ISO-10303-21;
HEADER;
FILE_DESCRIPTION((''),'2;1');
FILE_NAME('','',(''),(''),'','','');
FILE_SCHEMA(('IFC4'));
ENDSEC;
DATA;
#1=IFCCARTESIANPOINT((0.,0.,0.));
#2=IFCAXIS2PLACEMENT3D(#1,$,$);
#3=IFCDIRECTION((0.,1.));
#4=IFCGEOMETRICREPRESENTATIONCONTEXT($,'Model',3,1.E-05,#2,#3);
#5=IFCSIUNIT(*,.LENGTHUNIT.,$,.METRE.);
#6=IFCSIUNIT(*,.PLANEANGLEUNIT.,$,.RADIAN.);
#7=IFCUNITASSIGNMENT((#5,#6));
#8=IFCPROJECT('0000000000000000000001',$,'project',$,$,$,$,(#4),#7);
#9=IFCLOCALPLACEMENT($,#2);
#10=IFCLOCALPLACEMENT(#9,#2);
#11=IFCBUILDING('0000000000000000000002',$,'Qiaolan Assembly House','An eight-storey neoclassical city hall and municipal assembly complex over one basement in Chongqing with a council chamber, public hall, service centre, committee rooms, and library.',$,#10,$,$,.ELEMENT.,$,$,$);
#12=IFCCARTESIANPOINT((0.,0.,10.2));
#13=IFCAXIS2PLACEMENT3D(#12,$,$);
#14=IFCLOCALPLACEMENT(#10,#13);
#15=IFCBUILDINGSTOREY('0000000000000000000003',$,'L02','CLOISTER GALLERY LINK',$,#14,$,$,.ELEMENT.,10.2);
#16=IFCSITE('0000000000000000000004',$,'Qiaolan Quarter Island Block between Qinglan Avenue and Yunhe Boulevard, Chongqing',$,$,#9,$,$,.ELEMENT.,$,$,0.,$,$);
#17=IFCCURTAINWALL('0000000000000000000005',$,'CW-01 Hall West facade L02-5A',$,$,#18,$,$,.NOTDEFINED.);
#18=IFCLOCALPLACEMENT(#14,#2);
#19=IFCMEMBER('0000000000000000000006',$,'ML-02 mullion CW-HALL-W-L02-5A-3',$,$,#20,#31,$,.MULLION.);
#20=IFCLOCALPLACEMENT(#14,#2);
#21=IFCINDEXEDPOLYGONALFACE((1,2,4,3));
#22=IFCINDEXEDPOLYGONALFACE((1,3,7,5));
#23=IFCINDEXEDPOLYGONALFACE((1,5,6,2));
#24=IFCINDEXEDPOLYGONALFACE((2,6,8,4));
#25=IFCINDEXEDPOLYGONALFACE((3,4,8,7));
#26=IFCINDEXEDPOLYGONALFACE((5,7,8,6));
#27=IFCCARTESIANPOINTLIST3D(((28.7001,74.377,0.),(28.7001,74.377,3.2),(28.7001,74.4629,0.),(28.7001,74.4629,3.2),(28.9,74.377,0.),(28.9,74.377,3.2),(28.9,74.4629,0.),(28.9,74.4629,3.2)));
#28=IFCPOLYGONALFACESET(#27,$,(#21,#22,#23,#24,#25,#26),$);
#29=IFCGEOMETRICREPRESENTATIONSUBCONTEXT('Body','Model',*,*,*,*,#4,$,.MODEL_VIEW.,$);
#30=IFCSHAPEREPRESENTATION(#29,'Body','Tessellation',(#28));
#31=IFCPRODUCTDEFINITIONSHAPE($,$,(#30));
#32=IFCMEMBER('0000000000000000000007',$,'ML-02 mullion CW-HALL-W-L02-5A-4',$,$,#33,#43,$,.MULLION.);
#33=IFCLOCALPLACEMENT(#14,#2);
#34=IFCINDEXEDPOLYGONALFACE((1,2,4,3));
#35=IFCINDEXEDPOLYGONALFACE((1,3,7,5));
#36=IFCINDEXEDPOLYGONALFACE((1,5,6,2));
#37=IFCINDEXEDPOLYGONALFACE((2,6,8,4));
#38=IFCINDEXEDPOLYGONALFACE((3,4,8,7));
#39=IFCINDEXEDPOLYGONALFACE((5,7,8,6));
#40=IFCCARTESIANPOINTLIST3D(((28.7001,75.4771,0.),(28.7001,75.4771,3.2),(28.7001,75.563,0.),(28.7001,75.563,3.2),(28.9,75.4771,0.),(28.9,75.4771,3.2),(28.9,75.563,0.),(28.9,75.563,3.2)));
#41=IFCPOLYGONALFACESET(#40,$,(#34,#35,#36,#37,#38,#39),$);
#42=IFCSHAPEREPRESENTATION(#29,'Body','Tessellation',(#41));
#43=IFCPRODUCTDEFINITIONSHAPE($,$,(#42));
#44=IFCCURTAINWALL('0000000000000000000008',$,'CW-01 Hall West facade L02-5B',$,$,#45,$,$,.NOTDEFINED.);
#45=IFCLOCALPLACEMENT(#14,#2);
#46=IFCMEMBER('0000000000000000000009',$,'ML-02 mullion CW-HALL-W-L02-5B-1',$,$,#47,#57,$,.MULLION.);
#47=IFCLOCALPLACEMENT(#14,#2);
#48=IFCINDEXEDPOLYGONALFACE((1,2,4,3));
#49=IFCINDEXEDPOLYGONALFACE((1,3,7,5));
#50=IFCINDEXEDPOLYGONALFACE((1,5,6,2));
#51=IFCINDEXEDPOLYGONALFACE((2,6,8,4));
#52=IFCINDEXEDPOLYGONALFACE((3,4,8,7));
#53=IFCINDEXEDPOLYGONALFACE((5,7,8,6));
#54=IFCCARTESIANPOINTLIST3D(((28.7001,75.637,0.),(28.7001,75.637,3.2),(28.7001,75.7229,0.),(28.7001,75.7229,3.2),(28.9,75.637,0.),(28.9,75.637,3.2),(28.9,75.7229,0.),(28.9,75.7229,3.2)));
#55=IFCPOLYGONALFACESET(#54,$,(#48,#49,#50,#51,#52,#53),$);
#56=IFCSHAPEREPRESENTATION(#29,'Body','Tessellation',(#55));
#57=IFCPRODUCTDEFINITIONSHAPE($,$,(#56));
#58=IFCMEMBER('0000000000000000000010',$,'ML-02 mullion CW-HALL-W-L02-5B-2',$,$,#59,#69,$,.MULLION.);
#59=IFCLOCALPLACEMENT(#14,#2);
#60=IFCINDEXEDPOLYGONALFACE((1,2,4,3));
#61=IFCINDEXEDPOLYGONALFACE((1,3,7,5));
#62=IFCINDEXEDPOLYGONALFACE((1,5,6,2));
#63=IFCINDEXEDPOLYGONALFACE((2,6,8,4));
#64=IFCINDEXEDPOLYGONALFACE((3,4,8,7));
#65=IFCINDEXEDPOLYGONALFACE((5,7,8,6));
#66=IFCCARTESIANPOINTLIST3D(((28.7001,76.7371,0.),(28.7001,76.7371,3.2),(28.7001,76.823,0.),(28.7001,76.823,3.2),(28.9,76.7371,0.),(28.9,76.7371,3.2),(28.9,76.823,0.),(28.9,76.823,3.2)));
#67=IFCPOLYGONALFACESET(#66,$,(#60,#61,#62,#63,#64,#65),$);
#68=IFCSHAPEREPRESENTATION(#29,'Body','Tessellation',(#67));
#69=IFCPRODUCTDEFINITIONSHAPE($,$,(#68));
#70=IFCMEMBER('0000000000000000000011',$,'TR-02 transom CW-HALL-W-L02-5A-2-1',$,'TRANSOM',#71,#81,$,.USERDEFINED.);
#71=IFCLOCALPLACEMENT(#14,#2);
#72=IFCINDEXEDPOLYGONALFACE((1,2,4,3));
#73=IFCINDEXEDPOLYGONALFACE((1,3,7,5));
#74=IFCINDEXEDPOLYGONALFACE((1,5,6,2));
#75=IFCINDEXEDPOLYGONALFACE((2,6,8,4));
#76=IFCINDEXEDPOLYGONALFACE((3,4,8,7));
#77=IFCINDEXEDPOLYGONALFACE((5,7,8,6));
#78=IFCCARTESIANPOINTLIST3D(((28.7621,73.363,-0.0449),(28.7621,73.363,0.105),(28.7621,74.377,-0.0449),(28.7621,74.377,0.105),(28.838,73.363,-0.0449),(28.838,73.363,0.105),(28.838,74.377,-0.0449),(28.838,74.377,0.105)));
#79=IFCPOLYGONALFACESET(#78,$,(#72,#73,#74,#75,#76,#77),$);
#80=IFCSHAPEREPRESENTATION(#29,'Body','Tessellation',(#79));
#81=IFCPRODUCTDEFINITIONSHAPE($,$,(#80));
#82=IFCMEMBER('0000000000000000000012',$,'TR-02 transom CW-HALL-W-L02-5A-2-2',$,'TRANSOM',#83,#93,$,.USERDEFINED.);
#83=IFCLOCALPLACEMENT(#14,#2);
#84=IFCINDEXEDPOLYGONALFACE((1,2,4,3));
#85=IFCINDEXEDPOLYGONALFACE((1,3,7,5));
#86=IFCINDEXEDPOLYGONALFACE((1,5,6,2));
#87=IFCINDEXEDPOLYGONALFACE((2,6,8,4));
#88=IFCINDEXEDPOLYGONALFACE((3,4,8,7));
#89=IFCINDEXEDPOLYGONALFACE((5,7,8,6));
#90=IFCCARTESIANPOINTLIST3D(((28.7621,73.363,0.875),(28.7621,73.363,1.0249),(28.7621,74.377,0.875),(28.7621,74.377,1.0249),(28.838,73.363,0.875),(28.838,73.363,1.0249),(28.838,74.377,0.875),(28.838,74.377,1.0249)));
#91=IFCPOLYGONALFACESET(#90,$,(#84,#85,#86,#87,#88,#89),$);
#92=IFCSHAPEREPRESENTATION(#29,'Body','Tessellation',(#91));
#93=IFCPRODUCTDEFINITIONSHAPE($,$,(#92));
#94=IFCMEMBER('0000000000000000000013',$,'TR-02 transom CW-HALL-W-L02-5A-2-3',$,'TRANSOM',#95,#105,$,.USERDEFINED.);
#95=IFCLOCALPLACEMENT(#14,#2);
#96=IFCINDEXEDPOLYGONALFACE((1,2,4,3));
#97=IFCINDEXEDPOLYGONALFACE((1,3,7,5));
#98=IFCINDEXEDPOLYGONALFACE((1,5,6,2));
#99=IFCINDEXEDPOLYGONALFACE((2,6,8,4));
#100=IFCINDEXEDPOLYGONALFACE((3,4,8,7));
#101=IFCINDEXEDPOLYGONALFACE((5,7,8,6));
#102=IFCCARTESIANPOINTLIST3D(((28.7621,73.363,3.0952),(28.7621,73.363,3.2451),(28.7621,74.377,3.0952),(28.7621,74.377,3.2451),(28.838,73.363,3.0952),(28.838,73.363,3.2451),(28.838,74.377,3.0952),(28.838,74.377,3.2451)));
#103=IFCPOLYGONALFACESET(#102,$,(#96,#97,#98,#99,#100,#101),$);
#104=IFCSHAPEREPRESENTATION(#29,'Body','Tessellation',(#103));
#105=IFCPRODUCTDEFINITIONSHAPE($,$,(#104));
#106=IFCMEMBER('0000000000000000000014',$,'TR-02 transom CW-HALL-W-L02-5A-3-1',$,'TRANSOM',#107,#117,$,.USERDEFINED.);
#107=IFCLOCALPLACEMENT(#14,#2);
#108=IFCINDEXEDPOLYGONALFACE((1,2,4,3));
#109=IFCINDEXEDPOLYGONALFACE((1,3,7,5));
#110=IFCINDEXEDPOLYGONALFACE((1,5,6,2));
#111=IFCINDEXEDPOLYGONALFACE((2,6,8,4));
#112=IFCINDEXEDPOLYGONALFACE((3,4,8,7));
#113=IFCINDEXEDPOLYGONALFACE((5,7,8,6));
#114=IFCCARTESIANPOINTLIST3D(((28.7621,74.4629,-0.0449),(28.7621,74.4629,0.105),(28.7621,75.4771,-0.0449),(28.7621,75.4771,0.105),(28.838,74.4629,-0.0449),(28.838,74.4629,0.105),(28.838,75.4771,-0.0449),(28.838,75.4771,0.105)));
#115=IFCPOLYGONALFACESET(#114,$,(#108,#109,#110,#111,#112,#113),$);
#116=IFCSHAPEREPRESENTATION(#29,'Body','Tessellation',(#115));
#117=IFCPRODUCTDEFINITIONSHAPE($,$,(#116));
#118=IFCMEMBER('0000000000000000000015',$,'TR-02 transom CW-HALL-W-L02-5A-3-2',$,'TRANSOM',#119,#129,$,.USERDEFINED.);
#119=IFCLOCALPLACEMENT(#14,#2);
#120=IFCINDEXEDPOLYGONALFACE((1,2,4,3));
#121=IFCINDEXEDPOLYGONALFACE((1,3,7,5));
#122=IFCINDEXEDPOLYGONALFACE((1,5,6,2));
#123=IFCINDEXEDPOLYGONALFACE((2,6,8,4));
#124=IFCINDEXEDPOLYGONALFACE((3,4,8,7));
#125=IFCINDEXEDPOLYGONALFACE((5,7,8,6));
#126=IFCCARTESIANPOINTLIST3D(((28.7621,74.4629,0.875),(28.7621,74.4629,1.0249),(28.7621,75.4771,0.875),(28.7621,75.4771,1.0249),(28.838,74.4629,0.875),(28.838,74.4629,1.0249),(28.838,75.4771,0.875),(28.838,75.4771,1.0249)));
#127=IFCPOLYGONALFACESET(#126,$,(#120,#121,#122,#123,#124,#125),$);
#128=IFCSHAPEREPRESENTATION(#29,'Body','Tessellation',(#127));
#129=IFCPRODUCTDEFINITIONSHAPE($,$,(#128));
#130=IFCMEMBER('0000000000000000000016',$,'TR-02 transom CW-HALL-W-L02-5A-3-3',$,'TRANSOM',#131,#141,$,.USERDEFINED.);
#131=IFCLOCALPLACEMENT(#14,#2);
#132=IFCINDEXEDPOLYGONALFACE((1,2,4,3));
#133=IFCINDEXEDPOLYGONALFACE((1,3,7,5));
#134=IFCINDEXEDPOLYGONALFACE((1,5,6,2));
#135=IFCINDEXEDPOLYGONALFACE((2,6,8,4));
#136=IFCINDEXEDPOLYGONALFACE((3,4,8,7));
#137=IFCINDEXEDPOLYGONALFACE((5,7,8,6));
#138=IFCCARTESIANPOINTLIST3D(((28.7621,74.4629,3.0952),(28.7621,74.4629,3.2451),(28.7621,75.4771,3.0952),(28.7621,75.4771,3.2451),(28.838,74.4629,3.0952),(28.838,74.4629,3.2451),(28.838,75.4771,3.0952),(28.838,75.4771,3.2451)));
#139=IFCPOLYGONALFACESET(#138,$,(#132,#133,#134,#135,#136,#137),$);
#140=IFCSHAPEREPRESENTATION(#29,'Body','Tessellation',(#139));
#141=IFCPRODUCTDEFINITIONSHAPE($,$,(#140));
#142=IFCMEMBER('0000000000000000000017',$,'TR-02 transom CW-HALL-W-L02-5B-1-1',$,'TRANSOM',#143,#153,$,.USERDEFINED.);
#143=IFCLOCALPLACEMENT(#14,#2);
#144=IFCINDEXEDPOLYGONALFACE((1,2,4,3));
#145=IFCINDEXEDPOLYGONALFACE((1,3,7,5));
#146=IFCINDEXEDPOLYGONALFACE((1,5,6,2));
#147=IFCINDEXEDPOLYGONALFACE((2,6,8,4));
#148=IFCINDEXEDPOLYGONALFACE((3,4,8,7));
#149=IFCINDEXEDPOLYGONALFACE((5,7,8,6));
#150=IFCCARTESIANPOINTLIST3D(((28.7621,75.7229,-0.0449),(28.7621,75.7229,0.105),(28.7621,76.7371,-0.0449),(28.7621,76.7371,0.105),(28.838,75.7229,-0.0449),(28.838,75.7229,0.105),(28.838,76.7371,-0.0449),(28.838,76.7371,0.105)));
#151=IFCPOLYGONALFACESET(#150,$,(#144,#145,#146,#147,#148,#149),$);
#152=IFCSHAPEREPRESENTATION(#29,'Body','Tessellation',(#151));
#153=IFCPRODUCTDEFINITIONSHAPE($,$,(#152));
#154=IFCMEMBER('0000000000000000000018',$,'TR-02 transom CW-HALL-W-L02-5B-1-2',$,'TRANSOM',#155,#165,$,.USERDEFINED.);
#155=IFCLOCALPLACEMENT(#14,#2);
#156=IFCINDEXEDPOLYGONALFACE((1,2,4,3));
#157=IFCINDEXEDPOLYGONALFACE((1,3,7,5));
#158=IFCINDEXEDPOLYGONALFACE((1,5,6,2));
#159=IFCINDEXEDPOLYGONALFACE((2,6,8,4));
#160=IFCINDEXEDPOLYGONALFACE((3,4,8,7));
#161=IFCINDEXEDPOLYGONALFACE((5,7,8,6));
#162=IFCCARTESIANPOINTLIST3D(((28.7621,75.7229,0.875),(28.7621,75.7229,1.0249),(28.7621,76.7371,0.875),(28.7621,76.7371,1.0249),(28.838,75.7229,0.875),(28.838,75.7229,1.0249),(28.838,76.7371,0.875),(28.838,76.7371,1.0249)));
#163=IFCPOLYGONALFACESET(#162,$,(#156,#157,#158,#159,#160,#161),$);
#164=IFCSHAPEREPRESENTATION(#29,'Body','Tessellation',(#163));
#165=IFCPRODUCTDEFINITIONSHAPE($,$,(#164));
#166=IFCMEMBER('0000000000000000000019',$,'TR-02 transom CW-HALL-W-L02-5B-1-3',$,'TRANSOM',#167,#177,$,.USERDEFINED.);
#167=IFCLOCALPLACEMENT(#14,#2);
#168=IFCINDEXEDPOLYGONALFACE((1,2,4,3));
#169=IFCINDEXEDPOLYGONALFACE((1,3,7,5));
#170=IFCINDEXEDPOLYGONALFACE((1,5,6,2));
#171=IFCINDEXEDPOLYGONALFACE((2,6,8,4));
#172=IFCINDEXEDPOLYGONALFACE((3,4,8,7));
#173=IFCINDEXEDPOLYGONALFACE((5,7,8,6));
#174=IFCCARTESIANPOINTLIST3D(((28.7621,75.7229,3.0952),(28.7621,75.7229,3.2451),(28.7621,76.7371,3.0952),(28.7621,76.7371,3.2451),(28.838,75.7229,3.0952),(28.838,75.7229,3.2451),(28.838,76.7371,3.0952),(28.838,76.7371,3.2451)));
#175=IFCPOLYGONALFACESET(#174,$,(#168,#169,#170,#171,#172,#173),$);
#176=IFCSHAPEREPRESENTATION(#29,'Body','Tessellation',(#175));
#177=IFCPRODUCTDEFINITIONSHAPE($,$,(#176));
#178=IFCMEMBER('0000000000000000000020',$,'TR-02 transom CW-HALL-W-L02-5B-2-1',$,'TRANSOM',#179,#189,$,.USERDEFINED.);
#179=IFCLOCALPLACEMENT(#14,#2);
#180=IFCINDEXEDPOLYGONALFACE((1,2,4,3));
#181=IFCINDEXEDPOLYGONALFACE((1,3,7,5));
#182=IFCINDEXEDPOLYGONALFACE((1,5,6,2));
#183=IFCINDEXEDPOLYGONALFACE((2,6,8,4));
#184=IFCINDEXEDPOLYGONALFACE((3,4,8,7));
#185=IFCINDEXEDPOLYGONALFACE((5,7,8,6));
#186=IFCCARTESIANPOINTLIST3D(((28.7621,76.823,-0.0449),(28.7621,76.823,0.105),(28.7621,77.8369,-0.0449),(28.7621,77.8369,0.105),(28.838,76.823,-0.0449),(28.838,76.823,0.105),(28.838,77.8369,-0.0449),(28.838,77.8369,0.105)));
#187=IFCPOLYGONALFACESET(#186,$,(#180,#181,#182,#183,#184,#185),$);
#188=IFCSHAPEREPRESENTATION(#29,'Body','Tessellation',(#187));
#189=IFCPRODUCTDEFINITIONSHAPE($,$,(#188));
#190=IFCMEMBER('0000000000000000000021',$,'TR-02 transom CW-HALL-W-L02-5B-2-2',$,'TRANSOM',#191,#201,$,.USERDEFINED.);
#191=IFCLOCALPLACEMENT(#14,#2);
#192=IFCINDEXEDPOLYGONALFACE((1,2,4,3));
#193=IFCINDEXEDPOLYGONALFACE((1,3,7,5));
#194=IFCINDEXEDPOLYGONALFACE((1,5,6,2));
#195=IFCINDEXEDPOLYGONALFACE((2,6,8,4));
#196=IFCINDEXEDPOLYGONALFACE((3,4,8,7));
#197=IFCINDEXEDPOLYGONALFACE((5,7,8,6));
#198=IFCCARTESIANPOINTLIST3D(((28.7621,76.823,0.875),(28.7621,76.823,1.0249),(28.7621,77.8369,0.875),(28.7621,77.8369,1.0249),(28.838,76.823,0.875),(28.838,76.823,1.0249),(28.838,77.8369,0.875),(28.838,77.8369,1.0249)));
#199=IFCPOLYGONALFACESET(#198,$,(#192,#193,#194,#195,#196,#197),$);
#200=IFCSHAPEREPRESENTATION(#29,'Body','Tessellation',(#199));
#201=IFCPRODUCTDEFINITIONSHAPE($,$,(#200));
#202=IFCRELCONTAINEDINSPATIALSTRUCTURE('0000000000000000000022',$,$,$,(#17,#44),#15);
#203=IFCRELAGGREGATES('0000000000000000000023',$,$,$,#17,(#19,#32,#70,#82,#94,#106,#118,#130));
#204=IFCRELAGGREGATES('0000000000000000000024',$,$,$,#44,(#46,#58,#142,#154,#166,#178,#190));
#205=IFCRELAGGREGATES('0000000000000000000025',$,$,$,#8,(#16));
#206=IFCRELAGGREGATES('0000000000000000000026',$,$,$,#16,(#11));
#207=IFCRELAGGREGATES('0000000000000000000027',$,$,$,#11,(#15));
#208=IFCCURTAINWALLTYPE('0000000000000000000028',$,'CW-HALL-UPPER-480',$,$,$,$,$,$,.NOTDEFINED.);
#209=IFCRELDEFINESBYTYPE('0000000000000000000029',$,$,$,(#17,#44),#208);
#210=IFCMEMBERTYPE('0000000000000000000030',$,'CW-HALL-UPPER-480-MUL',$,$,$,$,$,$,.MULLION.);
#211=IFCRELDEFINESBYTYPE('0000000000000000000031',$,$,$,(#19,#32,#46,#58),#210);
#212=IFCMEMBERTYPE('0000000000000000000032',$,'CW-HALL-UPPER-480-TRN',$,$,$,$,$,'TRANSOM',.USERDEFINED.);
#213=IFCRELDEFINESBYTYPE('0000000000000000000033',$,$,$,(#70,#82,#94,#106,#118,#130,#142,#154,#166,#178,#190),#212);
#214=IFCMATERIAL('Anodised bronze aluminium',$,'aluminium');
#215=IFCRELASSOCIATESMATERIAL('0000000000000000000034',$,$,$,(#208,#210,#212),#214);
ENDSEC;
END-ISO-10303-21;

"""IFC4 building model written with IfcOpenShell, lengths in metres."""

from ifc_helpers import new_model, si_unit, direction, frame, origin, origin_2d, place, context, subcontext, project, spatial, rectangle, extrude, material, material_profile, profile_set, type_object, element, aggregate, save


model = new_model("IFC4")

# Units and contexts
model_context = context("Model", 3, precision=1e-05, world=origin(), true_north=direction((0.0, 1.0)))
body_context = subcontext(model_context, "Body", "Model", "MODEL_VIEW")
ifc_project = project(units=[si_unit("LENGTHUNIT", "METRE"), si_unit("PLANEANGLEUNIT", "RADIAN")], contexts=[model_context])

# Site, building, storey
site_placement = place(None, origin())
site = spatial("IfcSite", under=ifc_project, at=site_placement, Name="Qiaolan Quarter Island Block between Qinglan Avenue and Yunhe Boulevard, Chongqing", CompositionType="ELEMENT", RefElevation=0.0)
building_placement = place(site_placement, origin())
building = spatial("IfcBuilding", under=site, at=building_placement, Name="Qiaolan Assembly House", Description="An eight-storey neoclassical city hall and municipal assembly complex over one basement in Chongqing with a council chamber, public hall, service centre, committee rooms, and library.", CompositionType="ELEMENT")
storey_placement = place(building_placement, frame((0.0, 0.0, 10.2)))
storey = spatial("IfcBuildingStorey", under=building, at=storey_placement, Name="L02", Description="CLOISTER GALLERY LINK", CompositionType="ELEMENT", Elevation=10.2)

# Curtain walls, members
ifc_material_1 = material(Name="Anodised bronze aluminium", Category="aluminium")
curtain_wall_type = type_object("IfcCurtainWallType", Name="CW-HALL-UPPER-480", PredefinedType="NOTDEFINED", material=ifc_material_1)
curtain_wall_1_placement = place(storey_placement, origin())
curtain_wall_1 = element("IfcCurtainWall", 1, at=curtain_wall_1_placement, inside=storey, type_object=curtain_wall_type, Name="CW-01 Hall West facade L02-5A", PredefinedType="NOTDEFINED")
ifc_material_profile_1 = material_profile(ifc_material_1, rectangle(XDim=0.0859, YDim=0.2, at=origin_2d()), Name="MUL 86x200")
ifc_profile_set_1 = profile_set([ifc_material_profile_1], Name="Anodised bronze aluminium")
member_type_1 = type_object("IfcMemberType", Name="CW-HALL-UPPER-480-MUL", PredefinedType="MULLION", material=ifc_profile_set_1)
member_1_placement = place(storey_placement, frame((28.8, 74.4199, 0.0), z_axis=(0.0, 0.0, 1.0), x_axis=(0.0, 1.0, 0.0)))
member_1 = element("IfcMember", 2, at=member_1_placement, type_object=member_type_1, Name="ML-02 mullion CW-HALL-W-L02-5A-3", PredefinedType="MULLION", context=body_context, shape_type="SweptSolid", body=[
    extrude(rectangle(XDim=0.0859, YDim=0.2, at=origin_2d()), origin(), (0.0, 0.0, 1.0), 3.2),
])
member_2_placement = place(storey_placement, frame((28.8, 75.52, 0.0), z_axis=(0.0, 0.0, 1.0), x_axis=(0.0, 1.0, 0.0)))
member_2 = element("IfcMember", 3, at=member_2_placement, type_object=member_type_1, Name="ML-02 mullion CW-HALL-W-L02-5A-4", PredefinedType="MULLION", context=body_context, shape_type="SweptSolid", body=[
    extrude(rectangle(XDim=0.0859, YDim=0.2, at=origin_2d()), origin(), (0.0, 0.0, 1.0), 3.2),
])
curtain_wall_2_placement = place(storey_placement, origin())
curtain_wall_2 = element("IfcCurtainWall", 4, at=curtain_wall_2_placement, inside=storey, type_object=curtain_wall_type, Name="CW-01 Hall West facade L02-5B", PredefinedType="NOTDEFINED")
member_3_placement = place(storey_placement, frame((28.8, 75.6799, 0.0), z_axis=(0.0, 0.0, 1.0), x_axis=(0.0, 1.0, 0.0)))
member_3 = element("IfcMember", 5, at=member_3_placement, type_object=member_type_1, Name="ML-02 mullion CW-HALL-W-L02-5B-1", PredefinedType="MULLION", context=body_context, shape_type="SweptSolid", body=[
    extrude(rectangle(XDim=0.0859, YDim=0.2, at=origin_2d()), origin(), (0.0, 0.0, 1.0), 3.2),
])
member_4_placement = place(storey_placement, frame((28.8, 76.78, 0.0), z_axis=(0.0, 0.0, 1.0), x_axis=(0.0, 1.0, 0.0)))
member_4 = element("IfcMember", 6, at=member_4_placement, type_object=member_type_1, Name="ML-02 mullion CW-HALL-W-L02-5B-2", PredefinedType="MULLION", context=body_context, shape_type="SweptSolid", body=[
    extrude(rectangle(XDim=0.0859, YDim=0.2, at=origin_2d()), origin(), (0.0, 0.0, 1.0), 3.2),
])

# Members
ifc_material_profile_2 = material_profile(ifc_material_1, rectangle(XDim=0.0759, YDim=0.1499, at=origin_2d()), Name="TRN 76x150")
ifc_profile_set_2 = profile_set([ifc_material_profile_2], Name="Anodised bronze aluminium")
member_type_2 = type_object("IfcMemberType", Name="CW-HALL-UPPER-480-TRN", ElementType="TRANSOM", PredefinedType="USERDEFINED", material=ifc_profile_set_2)
member_5_placement = place(storey_placement, frame((28.8, 73.363, 0.03), z_axis=(0.0, 1.0, 0.0), x_axis=(-1.0, 0.0, 0.0)))
member_5 = element("IfcMember", 7, at=member_5_placement, type_object=member_type_2, Name="TR-02 transom CW-HALL-W-L02-5A-2-1", ObjectType="TRANSOM", PredefinedType="USERDEFINED", context=body_context, shape_type="SweptSolid", body=[
    extrude(rectangle(XDim=0.0759, YDim=0.1499, at=origin_2d()), origin(), (0.0, 0.0, 1.0), 1.0139),
])
member_6_placement = place(storey_placement, frame((28.8, 73.363, 0.95), z_axis=(0.0, 1.0, 0.0), x_axis=(-1.0, 0.0, 0.0)))
member_6 = element("IfcMember", 8, at=member_6_placement, type_object=member_type_2, Name="TR-02 transom CW-HALL-W-L02-5A-2-2", ObjectType="TRANSOM", PredefinedType="USERDEFINED", context=body_context, shape_type="SweptSolid", body=[
    extrude(rectangle(XDim=0.0759, YDim=0.1499, at=origin_2d()), origin(), (0.0, 0.0, 1.0), 1.0139),
])
member_7_placement = place(storey_placement, frame((28.8, 73.363, 3.1702), z_axis=(0.0, 1.0, 0.0), x_axis=(-1.0, 0.0, 0.0)))
member_7 = element("IfcMember", 9, at=member_7_placement, type_object=member_type_2, Name="TR-02 transom CW-HALL-W-L02-5A-2-3", ObjectType="TRANSOM", PredefinedType="USERDEFINED", context=body_context, shape_type="SweptSolid", body=[
    extrude(rectangle(XDim=0.0759, YDim=0.1499, at=origin_2d()), origin(), (0.0, 0.0, 1.0), 1.0139),
])
member_8_placement = place(storey_placement, frame((28.8, 74.4629, 0.03), z_axis=(0.0, 1.0, 0.0), x_axis=(-1.0, 0.0, 0.0)))
member_8 = element("IfcMember", 10, at=member_8_placement, type_object=member_type_2, Name="TR-02 transom CW-HALL-W-L02-5A-3-1", ObjectType="TRANSOM", PredefinedType="USERDEFINED", context=body_context, shape_type="SweptSolid", body=[
    extrude(rectangle(XDim=0.0759, YDim=0.1499, at=origin_2d()), origin(), (0.0, 0.0, 1.0), 1.0142),
])
member_9_placement = place(storey_placement, frame((28.8, 74.4629, 0.95), z_axis=(0.0, 1.0, 0.0), x_axis=(-1.0, 0.0, 0.0)))
member_9 = element("IfcMember", 11, at=member_9_placement, type_object=member_type_2, Name="TR-02 transom CW-HALL-W-L02-5A-3-2", ObjectType="TRANSOM", PredefinedType="USERDEFINED", context=body_context, shape_type="SweptSolid", body=[
    extrude(rectangle(XDim=0.0759, YDim=0.1499, at=origin_2d()), origin(), (0.0, 0.0, 1.0), 1.0142),
])
member_10_placement = place(storey_placement, frame((28.8, 74.4629, 3.1702), z_axis=(0.0, 1.0, 0.0), x_axis=(-1.0, 0.0, 0.0)))
member_10 = element("IfcMember", 12, at=member_10_placement, type_object=member_type_2, Name="TR-02 transom CW-HALL-W-L02-5A-3-3", ObjectType="TRANSOM", PredefinedType="USERDEFINED", context=body_context, shape_type="SweptSolid", body=[
    extrude(rectangle(XDim=0.0759, YDim=0.1499, at=origin_2d()), origin(), (0.0, 0.0, 1.0), 1.0142),
])
member_11_placement = place(storey_placement, frame((28.8, 75.7229, 0.03), z_axis=(0.0, 1.0, 0.0), x_axis=(-1.0, 0.0, 0.0)))
member_11 = element("IfcMember", 13, at=member_11_placement, type_object=member_type_2, Name="TR-02 transom CW-HALL-W-L02-5B-1-1", ObjectType="TRANSOM", PredefinedType="USERDEFINED", context=body_context, shape_type="SweptSolid", body=[
    extrude(rectangle(XDim=0.0759, YDim=0.1499, at=origin_2d()), origin(), (0.0, 0.0, 1.0), 1.0142),
])
member_12_placement = place(storey_placement, frame((28.8, 75.7229, 0.95), z_axis=(0.0, 1.0, 0.0), x_axis=(-1.0, 0.0, 0.0)))
member_12 = element("IfcMember", 14, at=member_12_placement, type_object=member_type_2, Name="TR-02 transom CW-HALL-W-L02-5B-1-2", ObjectType="TRANSOM", PredefinedType="USERDEFINED", context=body_context, shape_type="SweptSolid", body=[
    extrude(rectangle(XDim=0.0759, YDim=0.1499, at=origin_2d()), origin(), (0.0, 0.0, 1.0), 1.0142),
])
member_13_placement = place(storey_placement, frame((28.8, 75.7229, 3.1702), z_axis=(0.0, 1.0, 0.0), x_axis=(-1.0, 0.0, 0.0)))
member_13 = element("IfcMember", 15, at=member_13_placement, type_object=member_type_2, Name="TR-02 transom CW-HALL-W-L02-5B-1-3", ObjectType="TRANSOM", PredefinedType="USERDEFINED", context=body_context, shape_type="SweptSolid", body=[
    extrude(rectangle(XDim=0.0759, YDim=0.1499, at=origin_2d()), origin(), (0.0, 0.0, 1.0), 1.0142),
])
member_14_placement = place(storey_placement, frame((28.8, 76.823, 0.03), z_axis=(0.0, 1.0, 0.0), x_axis=(-1.0, 0.0, 0.0)))
member_14 = element("IfcMember", 16, at=member_14_placement, type_object=member_type_2, Name="TR-02 transom CW-HALL-W-L02-5B-2-1", ObjectType="TRANSOM", PredefinedType="USERDEFINED", context=body_context, shape_type="SweptSolid", body=[
    extrude(rectangle(XDim=0.0759, YDim=0.1499, at=origin_2d()), origin(), (0.0, 0.0, 1.0), 1.0139),
])
member_15_placement = place(storey_placement, frame((28.8, 76.823, 0.95), z_axis=(0.0, 1.0, 0.0), x_axis=(-1.0, 0.0, 0.0)))
member_15 = element("IfcMember", 17, at=member_15_placement, type_object=member_type_2, Name="TR-02 transom CW-HALL-W-L02-5B-2-2", ObjectType="TRANSOM", PredefinedType="USERDEFINED", context=body_context, shape_type="SweptSolid", body=[
    extrude(rectangle(XDim=0.0759, YDim=0.1499, at=origin_2d()), origin(), (0.0, 0.0, 1.0), 1.0139),
])

aggregate(curtain_wall_1, [member_1, member_2, member_5, member_6, member_7, member_8, member_9, member_10])
aggregate(curtain_wall_2, [member_3, member_4, member_11, member_12, member_13, member_14, member_15])

save(model, "model.ifc")
